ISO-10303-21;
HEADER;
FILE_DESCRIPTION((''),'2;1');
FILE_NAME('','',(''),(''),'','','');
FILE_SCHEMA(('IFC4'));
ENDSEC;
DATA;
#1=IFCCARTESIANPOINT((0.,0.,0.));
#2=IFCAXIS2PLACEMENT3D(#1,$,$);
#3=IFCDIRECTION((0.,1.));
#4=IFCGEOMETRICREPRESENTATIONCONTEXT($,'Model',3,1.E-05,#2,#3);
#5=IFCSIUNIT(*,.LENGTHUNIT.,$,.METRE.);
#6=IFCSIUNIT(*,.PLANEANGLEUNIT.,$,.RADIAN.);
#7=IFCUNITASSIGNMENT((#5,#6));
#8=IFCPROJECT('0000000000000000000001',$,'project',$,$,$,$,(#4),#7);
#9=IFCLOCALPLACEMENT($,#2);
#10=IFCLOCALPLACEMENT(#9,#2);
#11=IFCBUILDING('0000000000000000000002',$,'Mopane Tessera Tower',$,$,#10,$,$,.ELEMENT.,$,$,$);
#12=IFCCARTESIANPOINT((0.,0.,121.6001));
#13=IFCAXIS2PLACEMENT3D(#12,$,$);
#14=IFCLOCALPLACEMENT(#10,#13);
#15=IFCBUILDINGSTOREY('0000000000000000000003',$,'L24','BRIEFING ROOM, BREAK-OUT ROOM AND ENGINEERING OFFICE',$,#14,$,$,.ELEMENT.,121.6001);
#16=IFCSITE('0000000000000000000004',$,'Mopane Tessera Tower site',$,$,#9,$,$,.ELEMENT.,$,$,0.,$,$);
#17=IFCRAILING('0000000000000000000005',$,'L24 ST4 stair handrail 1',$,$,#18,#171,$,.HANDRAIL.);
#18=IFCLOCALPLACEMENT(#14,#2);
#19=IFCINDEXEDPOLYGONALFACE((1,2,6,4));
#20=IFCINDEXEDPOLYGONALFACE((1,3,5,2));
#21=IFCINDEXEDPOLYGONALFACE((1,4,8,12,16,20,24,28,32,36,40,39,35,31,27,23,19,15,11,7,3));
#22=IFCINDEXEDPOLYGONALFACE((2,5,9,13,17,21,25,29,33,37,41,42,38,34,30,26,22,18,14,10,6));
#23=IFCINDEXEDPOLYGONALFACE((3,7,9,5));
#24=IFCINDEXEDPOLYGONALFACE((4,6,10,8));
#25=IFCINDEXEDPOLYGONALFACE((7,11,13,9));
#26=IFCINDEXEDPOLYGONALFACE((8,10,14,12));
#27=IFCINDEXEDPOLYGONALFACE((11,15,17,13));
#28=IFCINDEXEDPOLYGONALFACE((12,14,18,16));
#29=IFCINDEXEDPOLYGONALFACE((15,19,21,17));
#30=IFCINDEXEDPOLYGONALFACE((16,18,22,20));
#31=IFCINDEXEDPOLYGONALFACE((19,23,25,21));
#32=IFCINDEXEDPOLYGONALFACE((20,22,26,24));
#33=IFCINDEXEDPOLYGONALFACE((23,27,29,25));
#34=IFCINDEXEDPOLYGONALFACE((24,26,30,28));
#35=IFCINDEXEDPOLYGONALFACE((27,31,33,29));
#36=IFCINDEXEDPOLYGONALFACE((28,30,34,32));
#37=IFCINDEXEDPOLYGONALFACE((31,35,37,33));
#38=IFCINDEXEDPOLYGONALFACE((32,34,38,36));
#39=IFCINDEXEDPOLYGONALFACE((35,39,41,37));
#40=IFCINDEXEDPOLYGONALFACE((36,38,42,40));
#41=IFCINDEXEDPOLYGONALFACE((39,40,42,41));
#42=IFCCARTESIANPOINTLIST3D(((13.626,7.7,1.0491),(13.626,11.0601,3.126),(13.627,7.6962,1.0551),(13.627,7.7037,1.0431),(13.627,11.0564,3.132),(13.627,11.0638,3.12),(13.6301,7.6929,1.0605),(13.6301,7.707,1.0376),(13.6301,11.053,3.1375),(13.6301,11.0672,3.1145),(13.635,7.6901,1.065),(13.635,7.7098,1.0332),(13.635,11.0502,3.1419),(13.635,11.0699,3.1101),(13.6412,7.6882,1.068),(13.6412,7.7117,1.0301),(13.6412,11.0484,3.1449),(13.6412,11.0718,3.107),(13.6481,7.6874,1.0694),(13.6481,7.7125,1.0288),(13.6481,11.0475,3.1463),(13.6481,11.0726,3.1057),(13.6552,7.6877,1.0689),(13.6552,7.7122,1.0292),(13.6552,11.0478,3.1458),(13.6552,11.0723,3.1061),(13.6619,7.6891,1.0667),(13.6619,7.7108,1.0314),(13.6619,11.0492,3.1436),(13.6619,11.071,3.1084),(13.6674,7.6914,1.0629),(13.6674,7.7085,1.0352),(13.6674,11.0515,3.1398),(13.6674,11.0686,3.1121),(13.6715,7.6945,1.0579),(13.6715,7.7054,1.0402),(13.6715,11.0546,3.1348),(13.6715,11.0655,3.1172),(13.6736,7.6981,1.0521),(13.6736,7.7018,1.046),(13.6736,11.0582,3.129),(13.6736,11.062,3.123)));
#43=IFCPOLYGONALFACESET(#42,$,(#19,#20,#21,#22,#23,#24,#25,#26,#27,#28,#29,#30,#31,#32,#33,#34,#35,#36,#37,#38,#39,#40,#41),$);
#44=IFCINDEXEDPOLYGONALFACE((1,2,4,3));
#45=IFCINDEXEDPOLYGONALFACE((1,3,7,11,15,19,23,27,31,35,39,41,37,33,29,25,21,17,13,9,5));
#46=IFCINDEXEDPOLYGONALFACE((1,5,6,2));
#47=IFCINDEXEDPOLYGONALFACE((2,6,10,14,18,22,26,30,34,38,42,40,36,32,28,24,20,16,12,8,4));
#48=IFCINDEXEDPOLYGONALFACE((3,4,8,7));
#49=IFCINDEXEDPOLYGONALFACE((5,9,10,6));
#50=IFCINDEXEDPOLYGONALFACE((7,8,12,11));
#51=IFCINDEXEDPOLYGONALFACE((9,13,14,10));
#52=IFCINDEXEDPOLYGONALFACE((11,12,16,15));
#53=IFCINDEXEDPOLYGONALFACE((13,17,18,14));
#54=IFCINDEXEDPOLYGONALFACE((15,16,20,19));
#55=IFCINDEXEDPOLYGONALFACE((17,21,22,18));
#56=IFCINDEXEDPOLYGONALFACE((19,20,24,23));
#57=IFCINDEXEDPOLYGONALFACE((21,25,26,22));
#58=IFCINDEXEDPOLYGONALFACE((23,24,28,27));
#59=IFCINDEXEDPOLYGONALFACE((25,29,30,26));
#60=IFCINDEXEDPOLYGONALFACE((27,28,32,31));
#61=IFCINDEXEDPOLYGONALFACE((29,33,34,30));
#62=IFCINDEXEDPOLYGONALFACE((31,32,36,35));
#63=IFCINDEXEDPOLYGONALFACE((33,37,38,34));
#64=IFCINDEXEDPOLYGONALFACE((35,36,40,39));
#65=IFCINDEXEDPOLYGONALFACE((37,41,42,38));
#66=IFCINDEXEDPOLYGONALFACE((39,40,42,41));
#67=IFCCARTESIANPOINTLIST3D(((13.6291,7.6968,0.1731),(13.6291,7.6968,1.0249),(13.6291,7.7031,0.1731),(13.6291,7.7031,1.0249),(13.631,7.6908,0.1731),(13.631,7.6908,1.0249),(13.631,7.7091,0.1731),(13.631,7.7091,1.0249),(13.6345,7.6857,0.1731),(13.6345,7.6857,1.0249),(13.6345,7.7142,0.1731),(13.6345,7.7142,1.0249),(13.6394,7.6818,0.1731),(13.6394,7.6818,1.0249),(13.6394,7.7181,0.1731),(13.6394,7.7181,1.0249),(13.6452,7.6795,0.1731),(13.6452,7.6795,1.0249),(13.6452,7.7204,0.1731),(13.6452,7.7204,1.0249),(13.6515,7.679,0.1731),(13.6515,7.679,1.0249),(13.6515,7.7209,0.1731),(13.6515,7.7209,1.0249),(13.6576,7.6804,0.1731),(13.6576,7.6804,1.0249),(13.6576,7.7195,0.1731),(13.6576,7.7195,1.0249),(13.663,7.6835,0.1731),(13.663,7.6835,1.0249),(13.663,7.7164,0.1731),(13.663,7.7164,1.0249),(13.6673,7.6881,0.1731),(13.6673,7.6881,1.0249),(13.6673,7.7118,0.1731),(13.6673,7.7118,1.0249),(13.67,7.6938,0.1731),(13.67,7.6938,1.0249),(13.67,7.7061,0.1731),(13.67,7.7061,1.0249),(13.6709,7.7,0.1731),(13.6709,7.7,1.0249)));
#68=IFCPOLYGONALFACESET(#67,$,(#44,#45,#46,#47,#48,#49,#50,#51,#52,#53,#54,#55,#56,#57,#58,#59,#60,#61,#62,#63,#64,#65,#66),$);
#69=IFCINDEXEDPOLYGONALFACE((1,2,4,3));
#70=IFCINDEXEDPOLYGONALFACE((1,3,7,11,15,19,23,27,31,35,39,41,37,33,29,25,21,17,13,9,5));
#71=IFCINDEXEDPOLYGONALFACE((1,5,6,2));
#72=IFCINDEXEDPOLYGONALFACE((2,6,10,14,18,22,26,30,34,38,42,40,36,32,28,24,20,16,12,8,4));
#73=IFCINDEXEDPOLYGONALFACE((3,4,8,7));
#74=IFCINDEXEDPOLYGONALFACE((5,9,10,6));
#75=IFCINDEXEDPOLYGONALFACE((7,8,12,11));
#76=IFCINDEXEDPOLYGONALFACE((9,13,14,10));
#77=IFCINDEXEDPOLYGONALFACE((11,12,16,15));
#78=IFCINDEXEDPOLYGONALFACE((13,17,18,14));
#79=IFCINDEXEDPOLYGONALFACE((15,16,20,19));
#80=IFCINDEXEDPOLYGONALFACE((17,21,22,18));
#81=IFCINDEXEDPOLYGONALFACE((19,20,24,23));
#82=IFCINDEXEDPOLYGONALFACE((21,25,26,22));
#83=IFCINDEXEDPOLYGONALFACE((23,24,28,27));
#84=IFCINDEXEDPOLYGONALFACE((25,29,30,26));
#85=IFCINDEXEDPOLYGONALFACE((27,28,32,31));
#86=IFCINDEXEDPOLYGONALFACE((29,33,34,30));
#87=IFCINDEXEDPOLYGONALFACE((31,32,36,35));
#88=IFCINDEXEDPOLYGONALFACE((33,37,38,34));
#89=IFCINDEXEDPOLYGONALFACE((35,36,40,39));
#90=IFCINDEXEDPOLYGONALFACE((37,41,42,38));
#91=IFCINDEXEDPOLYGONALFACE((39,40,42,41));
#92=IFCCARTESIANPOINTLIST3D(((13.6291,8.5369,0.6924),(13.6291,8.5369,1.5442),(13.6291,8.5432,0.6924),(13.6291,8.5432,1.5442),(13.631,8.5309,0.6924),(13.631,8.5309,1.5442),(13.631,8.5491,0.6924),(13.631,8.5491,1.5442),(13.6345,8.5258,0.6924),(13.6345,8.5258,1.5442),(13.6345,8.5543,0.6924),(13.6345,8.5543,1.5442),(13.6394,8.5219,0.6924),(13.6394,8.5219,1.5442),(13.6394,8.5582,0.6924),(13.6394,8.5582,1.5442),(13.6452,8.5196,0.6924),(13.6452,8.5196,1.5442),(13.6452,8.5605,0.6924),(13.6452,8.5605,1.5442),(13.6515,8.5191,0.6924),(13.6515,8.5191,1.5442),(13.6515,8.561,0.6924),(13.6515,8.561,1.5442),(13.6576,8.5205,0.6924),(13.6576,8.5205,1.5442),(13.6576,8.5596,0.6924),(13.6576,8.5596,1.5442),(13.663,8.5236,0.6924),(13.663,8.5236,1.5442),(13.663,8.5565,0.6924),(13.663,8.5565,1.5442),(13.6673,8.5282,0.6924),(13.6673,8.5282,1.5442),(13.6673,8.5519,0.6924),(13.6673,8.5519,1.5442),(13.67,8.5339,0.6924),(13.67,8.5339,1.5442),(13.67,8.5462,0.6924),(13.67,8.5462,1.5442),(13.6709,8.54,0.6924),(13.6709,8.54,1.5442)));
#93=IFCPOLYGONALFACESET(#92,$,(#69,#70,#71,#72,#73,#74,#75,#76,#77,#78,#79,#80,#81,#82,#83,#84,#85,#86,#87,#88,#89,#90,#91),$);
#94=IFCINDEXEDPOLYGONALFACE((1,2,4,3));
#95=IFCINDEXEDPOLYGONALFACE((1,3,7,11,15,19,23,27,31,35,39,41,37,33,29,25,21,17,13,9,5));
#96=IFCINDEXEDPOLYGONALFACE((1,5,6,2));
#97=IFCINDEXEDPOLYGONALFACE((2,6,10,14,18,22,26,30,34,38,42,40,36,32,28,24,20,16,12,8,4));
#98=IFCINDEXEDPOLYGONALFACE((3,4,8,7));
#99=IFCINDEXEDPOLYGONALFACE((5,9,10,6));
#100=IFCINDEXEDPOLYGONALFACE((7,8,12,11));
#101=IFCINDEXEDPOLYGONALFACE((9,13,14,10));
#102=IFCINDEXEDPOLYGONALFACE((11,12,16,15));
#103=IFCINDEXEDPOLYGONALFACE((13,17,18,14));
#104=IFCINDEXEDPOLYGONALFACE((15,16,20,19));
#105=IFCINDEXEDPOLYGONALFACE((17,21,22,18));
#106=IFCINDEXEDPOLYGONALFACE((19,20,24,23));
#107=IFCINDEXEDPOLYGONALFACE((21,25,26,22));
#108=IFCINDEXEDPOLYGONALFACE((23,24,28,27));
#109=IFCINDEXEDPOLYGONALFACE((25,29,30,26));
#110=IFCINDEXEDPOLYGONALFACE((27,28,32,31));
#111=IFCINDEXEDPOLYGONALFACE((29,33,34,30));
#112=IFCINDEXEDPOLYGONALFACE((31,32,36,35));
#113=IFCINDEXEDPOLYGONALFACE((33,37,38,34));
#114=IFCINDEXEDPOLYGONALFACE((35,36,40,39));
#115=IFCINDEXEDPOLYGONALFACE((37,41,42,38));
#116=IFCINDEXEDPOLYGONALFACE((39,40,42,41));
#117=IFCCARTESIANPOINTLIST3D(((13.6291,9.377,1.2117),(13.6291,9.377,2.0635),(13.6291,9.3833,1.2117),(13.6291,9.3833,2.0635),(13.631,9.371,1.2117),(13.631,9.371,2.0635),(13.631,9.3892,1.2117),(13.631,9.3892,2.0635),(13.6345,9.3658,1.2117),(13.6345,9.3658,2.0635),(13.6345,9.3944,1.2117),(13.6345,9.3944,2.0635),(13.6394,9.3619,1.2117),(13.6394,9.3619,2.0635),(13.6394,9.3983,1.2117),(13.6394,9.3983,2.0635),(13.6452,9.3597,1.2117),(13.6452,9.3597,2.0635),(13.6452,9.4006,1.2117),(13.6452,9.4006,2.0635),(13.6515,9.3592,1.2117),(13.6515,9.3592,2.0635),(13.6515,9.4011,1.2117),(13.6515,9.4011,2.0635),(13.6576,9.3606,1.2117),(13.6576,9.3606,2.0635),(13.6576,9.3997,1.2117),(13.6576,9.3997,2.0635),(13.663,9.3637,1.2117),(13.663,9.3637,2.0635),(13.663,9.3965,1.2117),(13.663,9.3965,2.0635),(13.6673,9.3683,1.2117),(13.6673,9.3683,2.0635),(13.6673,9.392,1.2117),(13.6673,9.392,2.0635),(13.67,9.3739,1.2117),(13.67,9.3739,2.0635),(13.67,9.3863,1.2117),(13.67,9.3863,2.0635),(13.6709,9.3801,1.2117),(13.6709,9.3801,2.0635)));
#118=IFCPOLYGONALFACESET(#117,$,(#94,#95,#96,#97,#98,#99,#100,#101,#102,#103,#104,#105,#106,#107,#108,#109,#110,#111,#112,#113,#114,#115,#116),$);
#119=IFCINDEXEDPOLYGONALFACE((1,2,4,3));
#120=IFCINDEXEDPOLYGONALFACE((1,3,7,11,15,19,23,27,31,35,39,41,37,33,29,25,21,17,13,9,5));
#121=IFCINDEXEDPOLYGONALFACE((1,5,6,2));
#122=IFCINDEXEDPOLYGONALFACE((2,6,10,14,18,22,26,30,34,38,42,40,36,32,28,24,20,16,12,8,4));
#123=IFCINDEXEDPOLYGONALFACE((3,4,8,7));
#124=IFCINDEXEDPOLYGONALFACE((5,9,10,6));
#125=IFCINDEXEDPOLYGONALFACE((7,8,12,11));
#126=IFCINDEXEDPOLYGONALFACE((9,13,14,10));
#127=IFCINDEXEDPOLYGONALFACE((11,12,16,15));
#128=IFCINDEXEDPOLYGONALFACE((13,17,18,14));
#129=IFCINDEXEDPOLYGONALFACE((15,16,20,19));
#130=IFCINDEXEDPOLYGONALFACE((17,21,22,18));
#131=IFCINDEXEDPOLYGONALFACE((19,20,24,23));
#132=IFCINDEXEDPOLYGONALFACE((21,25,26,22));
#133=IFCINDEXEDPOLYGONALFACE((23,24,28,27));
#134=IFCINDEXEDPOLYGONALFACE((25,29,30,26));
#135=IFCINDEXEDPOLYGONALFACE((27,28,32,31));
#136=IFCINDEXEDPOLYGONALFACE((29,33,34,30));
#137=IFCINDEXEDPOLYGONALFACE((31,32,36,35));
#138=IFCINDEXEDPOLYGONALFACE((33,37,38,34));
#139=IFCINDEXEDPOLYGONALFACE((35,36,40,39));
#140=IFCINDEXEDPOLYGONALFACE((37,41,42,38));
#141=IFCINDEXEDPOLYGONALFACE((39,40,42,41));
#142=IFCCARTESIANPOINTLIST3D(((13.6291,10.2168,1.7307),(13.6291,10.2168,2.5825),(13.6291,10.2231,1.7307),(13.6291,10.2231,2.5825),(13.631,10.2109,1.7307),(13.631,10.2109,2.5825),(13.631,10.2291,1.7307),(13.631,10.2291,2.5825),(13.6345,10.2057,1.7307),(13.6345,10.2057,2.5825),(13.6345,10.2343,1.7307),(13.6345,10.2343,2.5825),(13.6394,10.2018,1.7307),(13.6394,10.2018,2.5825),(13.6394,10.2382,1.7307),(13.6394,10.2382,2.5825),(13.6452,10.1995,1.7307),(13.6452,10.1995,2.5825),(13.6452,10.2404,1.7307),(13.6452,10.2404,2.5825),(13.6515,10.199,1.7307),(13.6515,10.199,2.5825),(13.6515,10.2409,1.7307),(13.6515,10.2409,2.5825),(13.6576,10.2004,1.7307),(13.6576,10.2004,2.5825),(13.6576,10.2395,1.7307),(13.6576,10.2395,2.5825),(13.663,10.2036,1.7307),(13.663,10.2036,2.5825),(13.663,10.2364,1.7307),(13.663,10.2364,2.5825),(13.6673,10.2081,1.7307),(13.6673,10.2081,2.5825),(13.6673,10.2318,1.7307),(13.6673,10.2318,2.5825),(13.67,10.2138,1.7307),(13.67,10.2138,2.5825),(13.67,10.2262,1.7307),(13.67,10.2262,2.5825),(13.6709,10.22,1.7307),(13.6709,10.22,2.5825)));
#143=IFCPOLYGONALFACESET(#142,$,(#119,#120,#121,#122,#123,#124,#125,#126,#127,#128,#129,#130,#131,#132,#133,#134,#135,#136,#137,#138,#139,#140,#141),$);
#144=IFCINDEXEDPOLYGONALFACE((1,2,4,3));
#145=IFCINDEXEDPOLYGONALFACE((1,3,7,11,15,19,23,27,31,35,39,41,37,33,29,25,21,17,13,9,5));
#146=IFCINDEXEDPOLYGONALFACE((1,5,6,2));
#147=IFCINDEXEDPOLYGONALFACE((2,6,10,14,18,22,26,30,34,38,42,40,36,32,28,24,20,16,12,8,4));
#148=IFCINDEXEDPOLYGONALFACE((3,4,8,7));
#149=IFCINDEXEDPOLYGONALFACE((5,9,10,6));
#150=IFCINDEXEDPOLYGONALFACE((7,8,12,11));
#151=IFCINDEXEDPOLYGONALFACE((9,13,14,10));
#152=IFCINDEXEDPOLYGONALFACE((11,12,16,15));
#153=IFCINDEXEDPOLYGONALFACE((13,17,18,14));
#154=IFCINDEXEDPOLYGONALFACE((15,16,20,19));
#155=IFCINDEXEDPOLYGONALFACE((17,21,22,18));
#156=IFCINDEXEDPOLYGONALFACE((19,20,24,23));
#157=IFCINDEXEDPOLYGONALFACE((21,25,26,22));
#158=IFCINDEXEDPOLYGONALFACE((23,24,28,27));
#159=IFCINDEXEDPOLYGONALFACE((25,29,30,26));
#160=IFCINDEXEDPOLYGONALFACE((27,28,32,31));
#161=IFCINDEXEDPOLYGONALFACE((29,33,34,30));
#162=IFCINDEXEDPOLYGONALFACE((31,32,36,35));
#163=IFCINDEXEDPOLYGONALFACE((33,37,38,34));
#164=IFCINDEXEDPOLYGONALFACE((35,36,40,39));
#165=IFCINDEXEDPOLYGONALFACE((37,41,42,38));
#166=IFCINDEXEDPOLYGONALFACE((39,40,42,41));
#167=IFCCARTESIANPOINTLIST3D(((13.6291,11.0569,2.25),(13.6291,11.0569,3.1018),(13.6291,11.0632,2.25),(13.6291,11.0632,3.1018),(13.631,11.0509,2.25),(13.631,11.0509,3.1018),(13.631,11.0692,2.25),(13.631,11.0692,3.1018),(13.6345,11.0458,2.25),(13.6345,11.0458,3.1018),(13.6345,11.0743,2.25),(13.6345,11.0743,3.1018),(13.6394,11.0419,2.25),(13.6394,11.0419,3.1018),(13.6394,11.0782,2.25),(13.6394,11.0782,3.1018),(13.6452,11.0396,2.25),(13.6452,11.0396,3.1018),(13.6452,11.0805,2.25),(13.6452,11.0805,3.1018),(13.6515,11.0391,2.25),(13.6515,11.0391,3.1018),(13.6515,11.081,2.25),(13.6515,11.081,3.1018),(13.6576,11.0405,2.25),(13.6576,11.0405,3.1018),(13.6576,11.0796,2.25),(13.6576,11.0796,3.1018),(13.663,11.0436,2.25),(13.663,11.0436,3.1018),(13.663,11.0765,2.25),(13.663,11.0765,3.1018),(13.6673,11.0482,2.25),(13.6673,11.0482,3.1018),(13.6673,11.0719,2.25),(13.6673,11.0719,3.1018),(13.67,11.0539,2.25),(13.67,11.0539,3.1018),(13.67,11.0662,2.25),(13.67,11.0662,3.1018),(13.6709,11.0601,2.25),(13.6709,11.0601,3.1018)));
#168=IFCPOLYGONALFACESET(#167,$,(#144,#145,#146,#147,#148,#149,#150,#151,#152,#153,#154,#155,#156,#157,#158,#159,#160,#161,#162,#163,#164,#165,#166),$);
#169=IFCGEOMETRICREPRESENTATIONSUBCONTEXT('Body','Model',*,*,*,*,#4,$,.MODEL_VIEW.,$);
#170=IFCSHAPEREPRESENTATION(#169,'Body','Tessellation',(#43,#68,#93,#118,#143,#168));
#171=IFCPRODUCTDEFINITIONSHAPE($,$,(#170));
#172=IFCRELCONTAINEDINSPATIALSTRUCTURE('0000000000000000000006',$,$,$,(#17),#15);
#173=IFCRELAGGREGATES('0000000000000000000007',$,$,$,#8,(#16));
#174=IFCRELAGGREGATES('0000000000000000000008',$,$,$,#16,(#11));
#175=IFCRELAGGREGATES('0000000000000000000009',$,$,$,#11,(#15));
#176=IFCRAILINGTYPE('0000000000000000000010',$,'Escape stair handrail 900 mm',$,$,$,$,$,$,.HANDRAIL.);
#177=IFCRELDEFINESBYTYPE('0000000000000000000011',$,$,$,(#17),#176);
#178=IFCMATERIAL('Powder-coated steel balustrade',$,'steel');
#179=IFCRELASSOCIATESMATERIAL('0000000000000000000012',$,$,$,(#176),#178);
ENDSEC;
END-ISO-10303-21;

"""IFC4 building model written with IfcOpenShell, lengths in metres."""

from ifc_helpers import new_model, si_unit, direction, frame, origin, origin_2d, place, context, subcontext, project, spatial, circle, extrude, material, type_object, element, save


model = new_model("IFC4")

# Units and contexts
model_context = context("Model", 3, precision=1e-05, world=origin(), true_north=direction((0.0, 1.0)))
body_context = subcontext(model_context, "Body", "Model", "MODEL_VIEW")
ifc_project = project(units=[si_unit("LENGTHUNIT", "METRE"), si_unit("PLANEANGLEUNIT", "RADIAN")], contexts=[model_context])

# Site, building, storey
site_placement = place(None, origin())
site = spatial("IfcSite", under=ifc_project, at=site_placement, Name="Mopane Tessera Tower site", CompositionType="ELEMENT", RefElevation=0.0)
building_placement = place(site_placement, origin())
building = spatial("IfcBuilding", under=site, at=building_placement, Name="Mopane Tessera Tower", CompositionType="ELEMENT")
storey_placement = place(building_placement, frame((0.0, 0.0, 121.6001)))
storey = spatial("IfcBuildingStorey", under=building, at=storey_placement, Name="L24", Description="BRIEFING ROOM, BREAK-OUT ROOM AND ENGINEERING OFFICE", CompositionType="ELEMENT", Elevation=121.6001)

# Railing
ifc_material_1 = material(Name="Powder-coated steel balustrade", Category="steel")
railing_type_1 = type_object("IfcRailingType", Name="Escape stair handrail 900 mm", PredefinedType="HANDRAIL", material=ifc_material_1)
railing_1_placement = place(storey_placement, frame((13.6499, 7.7, 0.1731)))
element("IfcRailing", 1, at=railing_1_placement, inside=storey, type_object=railing_type_1, Name="L24 ST4 stair handrail 1", PredefinedType="HANDRAIL", context=body_context, shape_type="SweptSolid", body=[
    extrude(circle(Radius=0.0239, at=origin_2d()), frame((0.0, 0.0, 0.876), z_axis=(0.0, 0.850623, 0.525776), x_axis=(-1.0, 0.0, 0.0)), (0.0, 0.0, 1.0), 3.9502),
    extrude(circle(Radius=0.021, at=origin_2d()), origin(), (0.0, 0.0, 1.0), 0.8518),
    extrude(circle(Radius=0.021, at=origin_2d()), frame((0.0, 0.8401, 0.5193)), (0.0, 0.0, 1.0), 0.8518),
    extrude(circle(Radius=0.021, at=origin_2d()), frame((0.0, 1.6802, 1.0386)), (0.0, 0.0, 1.0), 0.8518),
    extrude(circle(Radius=0.021, at=origin_2d()), frame((0.0, 2.52, 1.5576)), (0.0, 0.0, 1.0), 0.8518),
    extrude(circle(Radius=0.021, at=origin_2d()), frame((0.0, 3.3601, 2.0769)), (0.0, 0.0, 1.0), 0.8518),
])

save(model, "model.ifc")
